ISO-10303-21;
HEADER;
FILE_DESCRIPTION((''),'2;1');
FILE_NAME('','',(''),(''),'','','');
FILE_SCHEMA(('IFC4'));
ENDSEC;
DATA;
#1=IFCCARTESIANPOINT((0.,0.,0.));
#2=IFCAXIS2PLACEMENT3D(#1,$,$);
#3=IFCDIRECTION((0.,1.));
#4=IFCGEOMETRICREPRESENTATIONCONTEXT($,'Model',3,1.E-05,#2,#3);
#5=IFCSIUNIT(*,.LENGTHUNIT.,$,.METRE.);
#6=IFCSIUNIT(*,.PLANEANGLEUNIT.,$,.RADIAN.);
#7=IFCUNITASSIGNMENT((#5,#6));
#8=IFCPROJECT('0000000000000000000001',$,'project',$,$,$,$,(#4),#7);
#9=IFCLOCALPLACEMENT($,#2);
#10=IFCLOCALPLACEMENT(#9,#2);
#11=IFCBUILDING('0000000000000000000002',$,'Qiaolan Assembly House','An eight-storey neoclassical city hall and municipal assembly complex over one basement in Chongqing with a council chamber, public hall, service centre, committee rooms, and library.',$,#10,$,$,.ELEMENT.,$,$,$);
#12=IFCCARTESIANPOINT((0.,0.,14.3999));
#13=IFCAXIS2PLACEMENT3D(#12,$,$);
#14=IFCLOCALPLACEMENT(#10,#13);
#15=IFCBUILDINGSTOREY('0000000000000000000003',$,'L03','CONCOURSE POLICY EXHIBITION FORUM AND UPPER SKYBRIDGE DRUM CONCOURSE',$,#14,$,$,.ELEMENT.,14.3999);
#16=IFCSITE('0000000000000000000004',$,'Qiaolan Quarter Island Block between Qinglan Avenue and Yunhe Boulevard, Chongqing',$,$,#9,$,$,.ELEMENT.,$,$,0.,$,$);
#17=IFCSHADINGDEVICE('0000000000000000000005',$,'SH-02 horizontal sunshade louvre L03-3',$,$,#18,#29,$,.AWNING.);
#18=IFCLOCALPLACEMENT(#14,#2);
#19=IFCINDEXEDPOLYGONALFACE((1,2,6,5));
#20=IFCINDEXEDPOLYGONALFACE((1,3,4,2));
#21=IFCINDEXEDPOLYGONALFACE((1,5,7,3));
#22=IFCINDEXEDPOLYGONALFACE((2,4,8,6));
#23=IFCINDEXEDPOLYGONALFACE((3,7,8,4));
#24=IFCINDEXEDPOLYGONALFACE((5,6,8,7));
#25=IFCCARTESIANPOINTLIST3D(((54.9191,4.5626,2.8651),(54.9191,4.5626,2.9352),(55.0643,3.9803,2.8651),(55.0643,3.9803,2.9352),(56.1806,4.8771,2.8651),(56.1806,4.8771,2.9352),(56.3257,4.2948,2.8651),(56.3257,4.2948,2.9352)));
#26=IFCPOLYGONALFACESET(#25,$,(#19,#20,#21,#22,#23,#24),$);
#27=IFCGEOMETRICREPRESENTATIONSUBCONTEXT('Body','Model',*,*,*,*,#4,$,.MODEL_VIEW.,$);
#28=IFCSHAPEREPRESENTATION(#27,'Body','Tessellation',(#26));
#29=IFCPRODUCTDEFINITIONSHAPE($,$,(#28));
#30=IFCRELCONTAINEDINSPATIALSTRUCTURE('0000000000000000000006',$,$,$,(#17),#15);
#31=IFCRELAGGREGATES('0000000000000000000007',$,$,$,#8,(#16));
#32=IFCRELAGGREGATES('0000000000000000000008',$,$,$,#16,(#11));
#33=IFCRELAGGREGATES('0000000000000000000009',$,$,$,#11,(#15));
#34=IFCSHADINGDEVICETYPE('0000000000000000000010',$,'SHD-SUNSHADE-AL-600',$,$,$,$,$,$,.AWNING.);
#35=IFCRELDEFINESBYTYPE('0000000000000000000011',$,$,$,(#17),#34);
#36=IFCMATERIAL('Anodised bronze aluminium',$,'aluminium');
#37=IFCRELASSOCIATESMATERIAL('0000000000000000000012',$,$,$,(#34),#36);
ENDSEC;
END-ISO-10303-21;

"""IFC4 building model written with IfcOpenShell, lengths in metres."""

from ifc_helpers import new_model, si_unit, direction, frame, origin, origin_2d, place, context, subcontext, project, spatial, rectangle, extrude, material, material_profile, profile_set, type_object, element, save


model = new_model("IFC4")

# Units and contexts
model_context = context("Model", 3, precision=1e-05, world=origin(), true_north=direction((0.0, 1.0)))
body_context = subcontext(model_context, "Body", "Model", "MODEL_VIEW")
ifc_project = project(units=[si_unit("LENGTHUNIT", "METRE"), si_unit("PLANEANGLEUNIT", "RADIAN")], contexts=[model_context])

# Site, building, storey
site_placement = place(None, origin())
site = spatial("IfcSite", under=ifc_project, at=site_placement, Name="Qiaolan Quarter Island Block between Qinglan Avenue and Yunhe Boulevard, Chongqing", CompositionType="ELEMENT", RefElevation=0.0)
building_placement = place(site_placement, origin())
building = spatial("IfcBuilding", under=site, at=building_placement, Name="Qiaolan Assembly House", Description="An eight-storey neoclassical city hall and municipal assembly complex over one basement in Chongqing with a council chamber, public hall, service centre, committee rooms, and library.", CompositionType="ELEMENT")
storey_placement = place(building_placement, frame((0.0, 0.0, 14.3999)))
storey = spatial("IfcBuildingStorey", under=building, at=storey_placement, Name="L03", Description="CONCOURSE POLICY EXHIBITION FORUM AND UPPER SKYBRIDGE DRUM CONCOURSE", CompositionType="ELEMENT", Elevation=14.3999)

# Shading device
ifc_material_1 = material(Name="Anodised bronze aluminium", Category="aluminium")
ifc_material_profile_1 = material_profile(ifc_material_1, rectangle(XDim=0.6001, YDim=0.0701, at=origin_2d()), Name="SHD 600x70")
ifc_profile_set_1 = profile_set([ifc_material_profile_1], Name="Anodised bronze aluminium")
shading_device_type = type_object("IfcShadingDeviceType", Name="SHD-SUNSHADE-AL-600", PredefinedType="AWNING", material=ifc_profile_set_1)
shading_device_1_placement = place(storey_placement, frame((54.9917, 4.2715, 2.9001), z_axis=(0.970308, 0.241873, 0.0), x_axis=(-0.241873, 0.970308, 0.0)))
element("IfcShadingDevice", 1, at=shading_device_1_placement, inside=storey, type_object=shading_device_type, Name="SH-02 horizontal sunshade louvre L03-3", PredefinedType="AWNING", context=body_context, shape_type="SweptSolid", body=[
    extrude(rectangle(XDim=0.6001, YDim=0.0701, at=origin_2d()), origin(), (0.0, 0.0, 1.0), 1.3),
])

save(model, "model.ifc")
